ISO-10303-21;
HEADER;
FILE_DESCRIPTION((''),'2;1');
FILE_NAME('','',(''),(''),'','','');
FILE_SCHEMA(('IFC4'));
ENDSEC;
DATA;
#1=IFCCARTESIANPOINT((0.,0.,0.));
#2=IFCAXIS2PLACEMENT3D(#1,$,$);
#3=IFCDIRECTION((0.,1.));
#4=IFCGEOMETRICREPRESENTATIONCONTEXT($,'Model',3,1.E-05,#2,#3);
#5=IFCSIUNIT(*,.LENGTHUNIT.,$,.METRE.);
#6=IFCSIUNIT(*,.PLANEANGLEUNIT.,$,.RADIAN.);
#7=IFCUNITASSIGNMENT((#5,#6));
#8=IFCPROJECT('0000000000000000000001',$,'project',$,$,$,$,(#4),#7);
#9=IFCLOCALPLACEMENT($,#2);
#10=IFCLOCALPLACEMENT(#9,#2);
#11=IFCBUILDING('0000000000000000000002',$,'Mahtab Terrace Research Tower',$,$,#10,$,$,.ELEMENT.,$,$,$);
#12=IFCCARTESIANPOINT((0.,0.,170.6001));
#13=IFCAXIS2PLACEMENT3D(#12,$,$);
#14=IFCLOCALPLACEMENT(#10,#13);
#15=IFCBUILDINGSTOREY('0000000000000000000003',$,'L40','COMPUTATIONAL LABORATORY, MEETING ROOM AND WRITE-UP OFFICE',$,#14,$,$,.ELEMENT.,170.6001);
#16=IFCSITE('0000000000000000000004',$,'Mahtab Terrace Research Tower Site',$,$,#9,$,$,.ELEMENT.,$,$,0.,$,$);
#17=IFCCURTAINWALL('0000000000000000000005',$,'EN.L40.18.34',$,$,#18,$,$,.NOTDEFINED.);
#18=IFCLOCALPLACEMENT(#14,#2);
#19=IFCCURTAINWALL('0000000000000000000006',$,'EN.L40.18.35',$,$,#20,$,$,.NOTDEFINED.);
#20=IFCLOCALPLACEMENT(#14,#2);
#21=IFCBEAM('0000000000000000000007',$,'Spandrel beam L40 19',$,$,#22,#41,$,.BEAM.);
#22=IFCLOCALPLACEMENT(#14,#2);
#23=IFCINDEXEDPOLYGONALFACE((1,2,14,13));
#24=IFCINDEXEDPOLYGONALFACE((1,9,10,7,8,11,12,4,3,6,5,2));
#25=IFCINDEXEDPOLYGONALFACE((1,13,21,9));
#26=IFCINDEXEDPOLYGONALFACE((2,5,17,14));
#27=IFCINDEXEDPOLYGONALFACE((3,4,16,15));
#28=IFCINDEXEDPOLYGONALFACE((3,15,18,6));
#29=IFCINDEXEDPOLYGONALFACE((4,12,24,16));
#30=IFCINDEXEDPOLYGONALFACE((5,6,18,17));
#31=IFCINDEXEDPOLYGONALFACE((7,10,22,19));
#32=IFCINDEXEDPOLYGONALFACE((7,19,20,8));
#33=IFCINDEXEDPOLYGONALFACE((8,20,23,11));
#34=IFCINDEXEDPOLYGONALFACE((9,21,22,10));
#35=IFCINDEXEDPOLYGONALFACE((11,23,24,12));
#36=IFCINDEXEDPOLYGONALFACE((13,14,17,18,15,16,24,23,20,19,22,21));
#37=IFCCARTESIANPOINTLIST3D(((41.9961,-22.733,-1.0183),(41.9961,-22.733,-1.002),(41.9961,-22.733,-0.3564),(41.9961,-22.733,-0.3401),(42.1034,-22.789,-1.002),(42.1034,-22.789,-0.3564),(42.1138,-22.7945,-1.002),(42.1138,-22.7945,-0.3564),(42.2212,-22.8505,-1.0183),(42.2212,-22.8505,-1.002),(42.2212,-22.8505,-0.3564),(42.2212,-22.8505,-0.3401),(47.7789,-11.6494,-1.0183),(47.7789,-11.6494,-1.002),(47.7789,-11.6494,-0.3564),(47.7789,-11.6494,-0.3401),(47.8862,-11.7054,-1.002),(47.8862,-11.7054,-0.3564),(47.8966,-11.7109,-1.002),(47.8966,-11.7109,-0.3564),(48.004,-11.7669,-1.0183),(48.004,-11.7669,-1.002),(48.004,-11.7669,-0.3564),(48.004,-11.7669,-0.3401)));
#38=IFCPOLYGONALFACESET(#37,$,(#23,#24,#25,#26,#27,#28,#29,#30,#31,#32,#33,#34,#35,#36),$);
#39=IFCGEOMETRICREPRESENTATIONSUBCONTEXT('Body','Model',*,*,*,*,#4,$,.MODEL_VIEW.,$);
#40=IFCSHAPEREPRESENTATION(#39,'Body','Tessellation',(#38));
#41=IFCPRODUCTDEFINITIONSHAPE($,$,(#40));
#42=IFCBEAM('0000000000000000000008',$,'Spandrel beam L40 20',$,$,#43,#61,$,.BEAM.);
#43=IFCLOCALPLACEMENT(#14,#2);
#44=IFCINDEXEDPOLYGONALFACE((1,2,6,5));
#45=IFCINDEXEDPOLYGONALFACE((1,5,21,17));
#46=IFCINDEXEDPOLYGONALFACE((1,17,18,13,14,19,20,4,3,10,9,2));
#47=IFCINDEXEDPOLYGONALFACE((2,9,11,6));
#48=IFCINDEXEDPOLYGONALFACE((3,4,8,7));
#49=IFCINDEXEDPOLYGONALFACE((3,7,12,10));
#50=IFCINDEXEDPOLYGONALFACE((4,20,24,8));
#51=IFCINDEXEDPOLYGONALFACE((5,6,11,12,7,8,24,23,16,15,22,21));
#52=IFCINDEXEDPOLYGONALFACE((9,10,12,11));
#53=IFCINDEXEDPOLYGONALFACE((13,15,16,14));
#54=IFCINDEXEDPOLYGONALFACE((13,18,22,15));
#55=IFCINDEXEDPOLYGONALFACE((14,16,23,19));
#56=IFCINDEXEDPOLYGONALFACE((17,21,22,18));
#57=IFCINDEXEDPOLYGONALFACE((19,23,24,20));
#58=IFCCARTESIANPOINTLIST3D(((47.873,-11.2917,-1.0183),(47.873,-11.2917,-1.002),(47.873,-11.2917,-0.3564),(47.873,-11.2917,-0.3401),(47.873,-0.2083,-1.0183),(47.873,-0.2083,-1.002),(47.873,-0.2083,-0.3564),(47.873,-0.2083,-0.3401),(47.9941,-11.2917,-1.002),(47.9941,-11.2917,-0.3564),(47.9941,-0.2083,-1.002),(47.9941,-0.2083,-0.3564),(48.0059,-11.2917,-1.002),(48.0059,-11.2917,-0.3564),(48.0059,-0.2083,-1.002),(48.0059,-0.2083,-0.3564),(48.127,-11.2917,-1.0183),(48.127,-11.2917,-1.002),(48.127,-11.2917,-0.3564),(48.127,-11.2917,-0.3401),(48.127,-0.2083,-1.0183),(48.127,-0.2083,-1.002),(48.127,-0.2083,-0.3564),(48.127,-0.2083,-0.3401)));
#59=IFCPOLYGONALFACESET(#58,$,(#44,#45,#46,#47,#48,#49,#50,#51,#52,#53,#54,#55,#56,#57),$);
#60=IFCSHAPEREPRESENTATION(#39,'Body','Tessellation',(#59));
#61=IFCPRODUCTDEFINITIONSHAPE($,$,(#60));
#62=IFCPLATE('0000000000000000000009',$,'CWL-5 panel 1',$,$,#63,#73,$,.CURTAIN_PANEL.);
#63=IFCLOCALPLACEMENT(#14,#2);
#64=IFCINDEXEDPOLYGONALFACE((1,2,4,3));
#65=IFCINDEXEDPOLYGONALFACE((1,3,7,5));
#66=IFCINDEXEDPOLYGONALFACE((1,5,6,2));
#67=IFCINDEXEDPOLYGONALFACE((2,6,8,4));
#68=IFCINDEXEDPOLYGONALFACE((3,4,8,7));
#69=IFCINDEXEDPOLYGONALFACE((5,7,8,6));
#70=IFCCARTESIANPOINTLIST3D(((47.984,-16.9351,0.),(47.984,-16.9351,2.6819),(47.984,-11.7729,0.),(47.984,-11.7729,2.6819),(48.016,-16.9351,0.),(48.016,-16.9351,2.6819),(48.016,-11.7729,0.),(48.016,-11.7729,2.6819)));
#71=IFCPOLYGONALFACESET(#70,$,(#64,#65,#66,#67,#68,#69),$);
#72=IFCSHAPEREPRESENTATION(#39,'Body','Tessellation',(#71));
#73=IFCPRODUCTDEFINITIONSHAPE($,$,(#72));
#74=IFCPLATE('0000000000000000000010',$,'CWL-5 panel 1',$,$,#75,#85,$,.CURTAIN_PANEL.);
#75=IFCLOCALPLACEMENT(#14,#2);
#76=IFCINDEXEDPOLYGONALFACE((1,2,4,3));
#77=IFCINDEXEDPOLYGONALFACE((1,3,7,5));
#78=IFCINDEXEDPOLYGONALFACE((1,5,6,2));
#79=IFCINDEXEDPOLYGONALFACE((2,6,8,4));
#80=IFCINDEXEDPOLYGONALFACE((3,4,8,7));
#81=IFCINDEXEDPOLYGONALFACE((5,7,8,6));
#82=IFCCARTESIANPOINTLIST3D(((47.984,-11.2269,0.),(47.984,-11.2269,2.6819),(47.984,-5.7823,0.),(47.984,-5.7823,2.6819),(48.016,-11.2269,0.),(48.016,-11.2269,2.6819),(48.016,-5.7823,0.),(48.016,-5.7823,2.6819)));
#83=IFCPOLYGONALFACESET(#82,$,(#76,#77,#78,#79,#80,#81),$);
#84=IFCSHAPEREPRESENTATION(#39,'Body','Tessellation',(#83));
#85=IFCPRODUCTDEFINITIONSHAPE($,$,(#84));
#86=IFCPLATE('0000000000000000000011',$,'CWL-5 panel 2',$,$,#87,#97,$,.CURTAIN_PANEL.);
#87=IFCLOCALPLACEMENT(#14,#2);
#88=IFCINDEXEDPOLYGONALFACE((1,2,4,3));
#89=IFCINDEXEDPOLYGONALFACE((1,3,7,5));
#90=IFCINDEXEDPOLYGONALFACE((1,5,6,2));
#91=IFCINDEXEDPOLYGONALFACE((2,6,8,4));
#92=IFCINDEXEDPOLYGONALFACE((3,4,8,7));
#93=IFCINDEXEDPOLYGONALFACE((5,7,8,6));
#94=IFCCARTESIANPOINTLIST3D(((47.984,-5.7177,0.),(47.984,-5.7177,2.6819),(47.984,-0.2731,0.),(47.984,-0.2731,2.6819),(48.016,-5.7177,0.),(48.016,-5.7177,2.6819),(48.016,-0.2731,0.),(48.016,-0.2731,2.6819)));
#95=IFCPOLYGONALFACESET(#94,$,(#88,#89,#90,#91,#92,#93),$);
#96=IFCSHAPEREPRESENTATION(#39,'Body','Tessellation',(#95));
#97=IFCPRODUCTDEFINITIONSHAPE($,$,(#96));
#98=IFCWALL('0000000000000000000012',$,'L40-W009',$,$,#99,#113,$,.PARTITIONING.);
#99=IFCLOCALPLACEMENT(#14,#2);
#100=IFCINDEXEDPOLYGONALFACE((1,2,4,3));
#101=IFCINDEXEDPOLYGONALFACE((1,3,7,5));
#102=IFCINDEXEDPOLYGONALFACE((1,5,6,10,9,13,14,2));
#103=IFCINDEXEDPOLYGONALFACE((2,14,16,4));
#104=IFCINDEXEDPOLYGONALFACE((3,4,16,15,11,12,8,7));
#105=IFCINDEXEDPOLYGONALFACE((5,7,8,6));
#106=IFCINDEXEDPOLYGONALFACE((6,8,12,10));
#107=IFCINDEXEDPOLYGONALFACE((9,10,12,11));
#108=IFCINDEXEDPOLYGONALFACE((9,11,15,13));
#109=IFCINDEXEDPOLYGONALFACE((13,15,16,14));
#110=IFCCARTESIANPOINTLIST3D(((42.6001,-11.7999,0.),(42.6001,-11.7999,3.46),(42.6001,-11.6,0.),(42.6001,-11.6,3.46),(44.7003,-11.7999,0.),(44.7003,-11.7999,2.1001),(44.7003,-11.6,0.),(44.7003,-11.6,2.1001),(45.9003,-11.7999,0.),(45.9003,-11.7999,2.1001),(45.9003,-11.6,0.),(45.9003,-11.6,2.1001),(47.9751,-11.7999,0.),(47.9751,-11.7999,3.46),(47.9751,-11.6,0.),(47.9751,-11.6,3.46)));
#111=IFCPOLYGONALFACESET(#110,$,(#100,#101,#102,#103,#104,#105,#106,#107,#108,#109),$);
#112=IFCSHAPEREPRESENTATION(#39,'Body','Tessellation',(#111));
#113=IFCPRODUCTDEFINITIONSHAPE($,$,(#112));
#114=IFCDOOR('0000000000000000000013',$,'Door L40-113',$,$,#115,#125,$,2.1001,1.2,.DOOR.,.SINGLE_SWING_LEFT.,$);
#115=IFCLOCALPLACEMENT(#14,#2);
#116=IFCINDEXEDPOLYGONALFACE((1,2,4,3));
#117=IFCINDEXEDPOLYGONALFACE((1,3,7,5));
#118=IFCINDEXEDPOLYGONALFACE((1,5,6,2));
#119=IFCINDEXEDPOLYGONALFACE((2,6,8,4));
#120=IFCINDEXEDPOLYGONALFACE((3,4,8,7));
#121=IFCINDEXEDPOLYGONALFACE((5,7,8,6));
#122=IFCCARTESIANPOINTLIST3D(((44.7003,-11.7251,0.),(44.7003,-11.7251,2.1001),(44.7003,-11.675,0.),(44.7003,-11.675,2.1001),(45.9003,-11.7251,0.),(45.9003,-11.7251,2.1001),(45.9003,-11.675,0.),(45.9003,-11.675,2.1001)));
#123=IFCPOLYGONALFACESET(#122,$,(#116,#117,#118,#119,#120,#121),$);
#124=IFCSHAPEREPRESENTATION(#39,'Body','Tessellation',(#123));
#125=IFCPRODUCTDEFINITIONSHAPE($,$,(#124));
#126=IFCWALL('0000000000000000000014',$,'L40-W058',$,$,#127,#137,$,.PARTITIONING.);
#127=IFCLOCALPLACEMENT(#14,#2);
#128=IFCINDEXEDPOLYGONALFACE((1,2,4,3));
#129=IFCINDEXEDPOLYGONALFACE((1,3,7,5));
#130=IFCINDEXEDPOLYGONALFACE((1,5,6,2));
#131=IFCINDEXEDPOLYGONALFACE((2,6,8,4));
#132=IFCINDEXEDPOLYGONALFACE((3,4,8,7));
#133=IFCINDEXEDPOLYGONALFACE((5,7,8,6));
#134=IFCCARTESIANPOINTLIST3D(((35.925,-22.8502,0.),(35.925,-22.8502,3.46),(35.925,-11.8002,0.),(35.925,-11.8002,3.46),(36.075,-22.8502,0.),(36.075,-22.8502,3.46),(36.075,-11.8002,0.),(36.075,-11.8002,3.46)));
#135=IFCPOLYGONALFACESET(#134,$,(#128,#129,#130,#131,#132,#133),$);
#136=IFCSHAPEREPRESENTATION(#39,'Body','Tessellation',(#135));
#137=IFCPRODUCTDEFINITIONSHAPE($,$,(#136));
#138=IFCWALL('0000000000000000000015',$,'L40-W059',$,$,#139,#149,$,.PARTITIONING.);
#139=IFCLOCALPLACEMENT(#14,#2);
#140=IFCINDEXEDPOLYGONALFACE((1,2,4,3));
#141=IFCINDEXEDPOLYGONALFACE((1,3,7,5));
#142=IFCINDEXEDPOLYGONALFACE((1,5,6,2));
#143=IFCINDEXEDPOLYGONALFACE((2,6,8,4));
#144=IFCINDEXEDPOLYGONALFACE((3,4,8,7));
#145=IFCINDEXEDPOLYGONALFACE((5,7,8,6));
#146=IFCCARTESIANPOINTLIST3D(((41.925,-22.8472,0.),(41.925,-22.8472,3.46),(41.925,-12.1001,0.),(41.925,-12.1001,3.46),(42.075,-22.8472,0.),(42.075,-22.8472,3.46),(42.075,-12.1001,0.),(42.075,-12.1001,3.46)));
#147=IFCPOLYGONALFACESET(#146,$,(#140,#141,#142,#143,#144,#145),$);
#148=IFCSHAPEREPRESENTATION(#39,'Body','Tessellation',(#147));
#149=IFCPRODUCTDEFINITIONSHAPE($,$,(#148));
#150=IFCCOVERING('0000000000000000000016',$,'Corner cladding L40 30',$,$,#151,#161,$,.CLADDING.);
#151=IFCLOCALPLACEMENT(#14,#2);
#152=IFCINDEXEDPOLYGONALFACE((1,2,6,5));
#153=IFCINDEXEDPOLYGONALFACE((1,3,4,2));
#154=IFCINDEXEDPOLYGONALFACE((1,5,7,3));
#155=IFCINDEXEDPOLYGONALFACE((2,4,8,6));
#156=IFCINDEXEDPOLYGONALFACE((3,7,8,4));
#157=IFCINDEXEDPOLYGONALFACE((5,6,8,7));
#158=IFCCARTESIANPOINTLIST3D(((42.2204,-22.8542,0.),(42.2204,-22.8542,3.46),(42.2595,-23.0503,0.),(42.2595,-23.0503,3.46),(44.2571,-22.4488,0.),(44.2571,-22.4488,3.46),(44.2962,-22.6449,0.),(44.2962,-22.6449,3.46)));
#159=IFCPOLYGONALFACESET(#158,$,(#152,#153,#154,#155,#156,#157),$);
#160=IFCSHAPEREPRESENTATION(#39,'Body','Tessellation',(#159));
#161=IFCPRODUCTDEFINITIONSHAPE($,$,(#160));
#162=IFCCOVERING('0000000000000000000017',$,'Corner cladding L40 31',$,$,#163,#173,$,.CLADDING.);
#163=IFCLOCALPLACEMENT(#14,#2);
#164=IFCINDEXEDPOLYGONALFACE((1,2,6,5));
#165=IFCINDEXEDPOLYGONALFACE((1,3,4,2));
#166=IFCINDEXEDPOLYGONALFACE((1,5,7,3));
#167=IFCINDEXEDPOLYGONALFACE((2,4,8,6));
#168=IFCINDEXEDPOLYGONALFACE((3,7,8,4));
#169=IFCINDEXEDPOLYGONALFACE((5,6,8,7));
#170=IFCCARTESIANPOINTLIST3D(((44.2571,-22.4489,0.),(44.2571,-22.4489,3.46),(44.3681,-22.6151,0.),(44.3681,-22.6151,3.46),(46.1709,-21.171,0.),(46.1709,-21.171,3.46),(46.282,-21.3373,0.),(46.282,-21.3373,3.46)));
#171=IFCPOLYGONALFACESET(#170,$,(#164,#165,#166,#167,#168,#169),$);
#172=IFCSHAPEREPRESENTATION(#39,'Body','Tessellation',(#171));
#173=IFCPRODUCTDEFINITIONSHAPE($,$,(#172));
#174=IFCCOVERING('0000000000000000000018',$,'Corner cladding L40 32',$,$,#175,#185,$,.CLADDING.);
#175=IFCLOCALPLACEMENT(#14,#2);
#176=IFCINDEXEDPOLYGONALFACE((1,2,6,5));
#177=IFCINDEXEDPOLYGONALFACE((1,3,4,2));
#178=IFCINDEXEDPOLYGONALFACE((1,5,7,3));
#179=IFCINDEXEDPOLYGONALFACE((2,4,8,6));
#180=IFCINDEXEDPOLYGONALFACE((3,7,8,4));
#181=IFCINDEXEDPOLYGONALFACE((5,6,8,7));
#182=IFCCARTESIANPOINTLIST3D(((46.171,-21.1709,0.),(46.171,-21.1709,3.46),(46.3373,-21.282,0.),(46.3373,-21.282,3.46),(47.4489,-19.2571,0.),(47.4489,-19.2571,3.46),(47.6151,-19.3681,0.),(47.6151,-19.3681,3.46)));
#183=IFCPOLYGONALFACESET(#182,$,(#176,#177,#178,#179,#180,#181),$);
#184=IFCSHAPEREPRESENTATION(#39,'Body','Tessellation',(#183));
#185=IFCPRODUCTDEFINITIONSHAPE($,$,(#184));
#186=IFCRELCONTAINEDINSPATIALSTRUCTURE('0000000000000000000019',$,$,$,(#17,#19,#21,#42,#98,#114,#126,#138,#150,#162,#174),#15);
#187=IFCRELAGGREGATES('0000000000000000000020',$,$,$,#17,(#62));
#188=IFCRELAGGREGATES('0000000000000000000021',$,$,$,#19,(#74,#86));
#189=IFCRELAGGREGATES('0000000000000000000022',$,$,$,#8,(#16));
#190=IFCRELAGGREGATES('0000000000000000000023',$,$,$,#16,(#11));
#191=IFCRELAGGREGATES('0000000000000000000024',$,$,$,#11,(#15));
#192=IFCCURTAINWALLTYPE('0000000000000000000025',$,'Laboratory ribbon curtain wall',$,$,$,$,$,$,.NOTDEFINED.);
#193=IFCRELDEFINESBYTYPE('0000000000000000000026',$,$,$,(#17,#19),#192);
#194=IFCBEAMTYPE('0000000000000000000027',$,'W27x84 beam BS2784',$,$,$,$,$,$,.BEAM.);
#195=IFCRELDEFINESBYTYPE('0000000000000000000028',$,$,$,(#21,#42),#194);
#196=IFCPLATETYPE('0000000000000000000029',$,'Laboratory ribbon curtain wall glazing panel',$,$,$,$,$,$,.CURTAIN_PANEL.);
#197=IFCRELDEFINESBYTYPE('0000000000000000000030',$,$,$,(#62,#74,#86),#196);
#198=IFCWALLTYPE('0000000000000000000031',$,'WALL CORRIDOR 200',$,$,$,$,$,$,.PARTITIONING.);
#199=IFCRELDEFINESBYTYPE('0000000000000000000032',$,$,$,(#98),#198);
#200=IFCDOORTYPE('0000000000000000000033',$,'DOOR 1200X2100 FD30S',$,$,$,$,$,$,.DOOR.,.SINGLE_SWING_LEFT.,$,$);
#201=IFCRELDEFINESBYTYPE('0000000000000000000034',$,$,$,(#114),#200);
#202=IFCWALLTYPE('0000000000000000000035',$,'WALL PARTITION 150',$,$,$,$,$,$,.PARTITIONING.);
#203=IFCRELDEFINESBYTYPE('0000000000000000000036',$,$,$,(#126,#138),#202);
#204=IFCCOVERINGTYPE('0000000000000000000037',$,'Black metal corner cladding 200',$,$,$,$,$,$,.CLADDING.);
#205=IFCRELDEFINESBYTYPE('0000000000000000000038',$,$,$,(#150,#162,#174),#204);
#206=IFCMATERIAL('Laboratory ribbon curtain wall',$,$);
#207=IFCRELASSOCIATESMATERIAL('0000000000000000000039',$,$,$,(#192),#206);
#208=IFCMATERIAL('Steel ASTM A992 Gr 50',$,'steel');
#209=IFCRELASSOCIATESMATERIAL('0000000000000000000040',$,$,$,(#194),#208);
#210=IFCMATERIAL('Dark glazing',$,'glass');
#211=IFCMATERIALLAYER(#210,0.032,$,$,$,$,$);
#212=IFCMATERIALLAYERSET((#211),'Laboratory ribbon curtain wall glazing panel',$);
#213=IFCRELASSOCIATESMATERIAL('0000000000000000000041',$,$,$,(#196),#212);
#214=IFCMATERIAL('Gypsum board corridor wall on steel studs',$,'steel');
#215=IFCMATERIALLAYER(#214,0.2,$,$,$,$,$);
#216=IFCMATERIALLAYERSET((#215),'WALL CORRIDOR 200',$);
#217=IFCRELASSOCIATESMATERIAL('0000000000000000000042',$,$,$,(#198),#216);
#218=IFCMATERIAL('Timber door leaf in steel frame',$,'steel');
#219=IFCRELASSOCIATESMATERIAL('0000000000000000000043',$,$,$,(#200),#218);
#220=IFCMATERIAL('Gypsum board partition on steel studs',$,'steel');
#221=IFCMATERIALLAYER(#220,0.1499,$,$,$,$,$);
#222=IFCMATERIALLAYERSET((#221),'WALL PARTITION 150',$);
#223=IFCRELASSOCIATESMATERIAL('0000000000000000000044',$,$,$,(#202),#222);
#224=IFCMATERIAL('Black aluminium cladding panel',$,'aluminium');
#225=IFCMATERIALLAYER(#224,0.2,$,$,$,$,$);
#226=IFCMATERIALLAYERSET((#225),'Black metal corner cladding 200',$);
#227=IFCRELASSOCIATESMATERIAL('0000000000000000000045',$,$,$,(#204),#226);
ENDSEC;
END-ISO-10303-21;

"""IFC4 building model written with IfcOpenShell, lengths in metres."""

from ifc_helpers import new_model, si_unit, direction, frame, frame_2d, origin, origin_2d, place, context, subcontext, project, spatial, rectangle, i_section, extrude, material, layer, layer_set, material_profile, profile_set, type_object, element, fill, aggregate, save


model = new_model("IFC4")

# Units and contexts
model_context = context("Model", 3, precision=1e-05, world=origin(), true_north=direction((0.0, 1.0)))
body_context = subcontext(model_context, "Body", "Model", "MODEL_VIEW")
ifc_project = project(units=[si_unit("LENGTHUNIT", "METRE"), si_unit("PLANEANGLEUNIT", "RADIAN")], contexts=[model_context])

# Site, building, storey
site_placement = place(None, origin())
site = spatial("IfcSite", under=ifc_project, at=site_placement, Name="Mahtab Terrace Research Tower Site", CompositionType="ELEMENT", RefElevation=0.0)
building_placement = place(site_placement, origin())
building = spatial("IfcBuilding", under=site, at=building_placement, Name="Mahtab Terrace Research Tower", CompositionType="ELEMENT")
storey_placement = place(building_placement, frame((0.0, 0.0, 170.6001)))
storey = spatial("IfcBuildingStorey", under=building, at=storey_placement, Name="L40", Description="COMPUTATIONAL LABORATORY, MEETING ROOM AND WRITE-UP OFFICE", CompositionType="ELEMENT", Elevation=170.6001)

# Shared definitions
ifc_material_1 = material(Name="Steel ASTM A992 Gr 50", Category="steel")

# Curtain walls
ifc_material_2 = material(Name="Laboratory ribbon curtain wall")
curtain_wall_type = type_object("IfcCurtainWallType", Name="Laboratory ribbon curtain wall", PredefinedType="NOTDEFINED", material=ifc_material_2)
curtain_wall_1_placement = place(storey_placement, origin())
curtain_wall_1 = element("IfcCurtainWall", 1, at=curtain_wall_1_placement, inside=storey, type_object=curtain_wall_type, Name="EN.L40.18.34", PredefinedType="NOTDEFINED")
curtain_wall_2_placement = place(storey_placement, origin())
curtain_wall_2 = element("IfcCurtainWall", 2, at=curtain_wall_2_placement, inside=storey, type_object=curtain_wall_type, Name="EN.L40.18.35", PredefinedType="NOTDEFINED")

# Beams
ifc_material_profile_1 = material_profile(ifc_material_1, i_section(OverallWidth=0.2539, OverallDepth=0.6782, WebThickness=0.0117, FlangeThickness=0.0164, at=origin_2d()), Name="W27X84")
ifc_profile_set_1 = profile_set([ifc_material_profile_1], Name="Steel ASTM A992 Gr 50")
beam_type = type_object("IfcBeamType", Name="W27x84 beam BS2784", PredefinedType="BEAM", material=ifc_profile_set_1)
beam_1_placement = place(storey_placement, frame((42.1086, -22.7917, -0.6792), z_axis=(0.462567, 0.886584, 0.0), x_axis=(-0.886584, 0.462567, 0.0)))
element("IfcBeam", 3, at=beam_1_placement, inside=storey, type_object=beam_type, Name="Spandrel beam L40 19", PredefinedType="BEAM", context=body_context, shape_type="SweptSolid", body=[
    extrude(i_section(OverallWidth=0.2539, OverallDepth=0.6782, WebThickness=0.0117, FlangeThickness=0.0164, at=origin_2d()), origin(), (0.0, 0.0, 1.0), 12.5015),
])
beam_2_placement = place(storey_placement, frame((48.0, -11.2917, -0.6792), z_axis=(0.0, 1.0, 0.0), x_axis=(-1.0, 0.0, 0.0)))
element("IfcBeam", 4, at=beam_2_placement, inside=storey, type_object=beam_type, Name="Spandrel beam L40 20", PredefinedType="BEAM", context=body_context, shape_type="SweptSolid", body=[
    extrude(i_section(OverallWidth=0.2539, OverallDepth=0.6782, WebThickness=0.0117, FlangeThickness=0.0164, at=origin_2d()), origin(), (0.0, 0.0, 1.0), 11.0835),
])

# Plates
ifc_material_3 = material(Name="Dark glazing", Category="glass")
ifc_layer_1 = layer(ifc_material_3, 0.032)
ifc_layer_set_1 = layer_set([ifc_layer_1], Name="Laboratory ribbon curtain wall glazing panel")
plate_type = type_object("IfcPlateType", Name="Laboratory ribbon curtain wall glazing panel", PredefinedType="CURTAIN_PANEL", material=ifc_layer_set_1)
plate_1_placement = place(storey_placement, frame((48.0, -14.354, 0.0), z_axis=(0.0, 0.0, 1.0), x_axis=(0.0, 1.0, 0.0)))
plate_1 = element("IfcPlate", 5, at=plate_1_placement, type_object=plate_type, Name="CWL-5 panel 1", PredefinedType="CURTAIN_PANEL", context=body_context, shape_type="SweptSolid", body=[
    extrude(rectangle(XDim=5.1621, YDim=0.032, at=origin_2d()), origin(), (0.0, 0.0, 1.0), 2.6819),
])
aggregate(curtain_wall_1, [plate_1])
plate_2_placement = place(storey_placement, frame((48.0, -8.5046, 0.0), z_axis=(0.0, 0.0, 1.0), x_axis=(0.0, 1.0, 0.0)))
plate_2 = element("IfcPlate", 6, at=plate_2_placement, type_object=plate_type, Name="CWL-5 panel 1", PredefinedType="CURTAIN_PANEL", context=body_context, shape_type="SweptSolid", body=[
    extrude(rectangle(XDim=5.4446, YDim=0.032, at=origin_2d()), origin(), (0.0, 0.0, 1.0), 2.6819),
])
plate_3_placement = place(storey_placement, frame((48.0, -2.9954, 0.0), z_axis=(0.0, 0.0, 1.0), x_axis=(0.0, 1.0, 0.0)))
plate_3 = element("IfcPlate", 7, at=plate_3_placement, type_object=plate_type, Name="CWL-5 panel 2", PredefinedType="CURTAIN_PANEL", context=body_context, shape_type="SweptSolid", body=[
    extrude(rectangle(XDim=5.4446, YDim=0.032, at=origin_2d()), origin(), (0.0, 0.0, 1.0), 2.6819),
])
aggregate(curtain_wall_2, [plate_2, plate_3])

# Wall, opening, door
ifc_material_4 = material(Name="Gypsum board corridor wall on steel studs", Category="steel")
ifc_layer_2 = layer(ifc_material_4, 0.2)
ifc_layer_set_2 = layer_set([ifc_layer_2], Name="WALL CORRIDOR 200")
wall_type_1 = type_object("IfcWallType", Name="WALL CORRIDOR 200", PredefinedType="PARTITIONING", material=ifc_layer_set_2)
wall_1_placement = place(storey_placement, frame((42.6001, -11.7, 0.0), z_axis=(0.0, 0.0, 1.0), x_axis=(1.0, 0.0, 0.0)))
wall_1 = element("IfcWall", 8, at=wall_1_placement, inside=storey, type_object=wall_type_1, Name="L40-W009", PredefinedType="PARTITIONING", context=body_context, shape_type="SweptSolid", body=[
    extrude(rectangle(XDim=5.375, YDim=0.2, at=frame_2d((2.6875, 0.0))), origin(), (0.0, 0.0, 1.0), 3.46),
])
opening_placement = place(wall_1_placement, frame((2.1001, 0.0, 0.0)))
opening = element("IfcOpeningElement", 9, at=opening_placement, cuts=wall_1, PredefinedType="OPENING", context=body_context, shape_type="SweptSolid", body=[
    extrude(rectangle(XDim=1.2, YDim=2.1001, at=frame_2d((0.6001, 1.05))), frame((0.0, 0.1099, 0.0), z_axis=(0.0, -1.0, 0.0), x_axis=(1.0, 0.0, 0.0)), (0.0, 0.0, 1.0), 0.22),
])
ifc_material_5 = material(Name="Timber door leaf in steel frame", Category="steel")
door_type = type_object("IfcDoorType", Name="DOOR 1200X2100 FD30S", OperationType="SINGLE_SWING_LEFT", PredefinedType="DOOR", material=ifc_material_5)
door_placement = place(opening_placement, origin())
door = element("IfcDoor", 10, at=door_placement, inside=storey, type_object=door_type, Name="Door L40-113", OperationType="SINGLE_SWING_LEFT", OverallHeight=2.1001, OverallWidth=1.2, PredefinedType="DOOR", context=body_context, shape_type="SweptSolid", body=[
    extrude(rectangle(XDim=1.2, YDim=2.1001, at=frame_2d((0.6001, 1.05))), frame((0.0, 0.0249, 0.0), z_axis=(0.0, -1.0, 0.0), x_axis=(1.0, 0.0, 0.0)), (0.0, 0.0, 1.0), 0.05),
])
fill(opening, door)

# Walls
ifc_material_6 = material(Name="Gypsum board partition on steel studs", Category="steel")
ifc_layer_3 = layer(ifc_material_6, 0.1499)
ifc_layer_set_3 = layer_set([ifc_layer_3], Name="WALL PARTITION 150")
wall_type_2 = type_object("IfcWallType", Name="WALL PARTITION 150", PredefinedType="PARTITIONING", material=ifc_layer_set_3)
wall_2_placement = place(storey_placement, frame((36.0, -22.8501, 0.0), z_axis=(0.0, 0.0, 1.0), x_axis=(0.0, 1.0, 0.0)))
element("IfcWall", 11, at=wall_2_placement, inside=storey, type_object=wall_type_2, Name="L40-W058", PredefinedType="PARTITIONING", context=body_context, shape_type="SweptSolid", body=[
    extrude(rectangle(XDim=11.05, YDim=0.1499, at=frame_2d((5.5249, 0.0))), origin(), (0.0, 0.0, 1.0), 3.46),
])
wall_3_placement = place(storey_placement, frame((42.0, -22.8472, 0.0), z_axis=(0.0, 0.0, 1.0), x_axis=(0.0, 1.0, 0.0)))
element("IfcWall", 12, at=wall_3_placement, inside=storey, type_object=wall_type_2, Name="L40-W059", PredefinedType="PARTITIONING", context=body_context, shape_type="SweptSolid", body=[
    extrude(rectangle(XDim=10.7471, YDim=0.1499, at=frame_2d((5.3735, 0.0))), origin(), (0.0, 0.0, 1.0), 3.46),
])

# Coverings
ifc_material_7 = material(Name="Black aluminium cladding panel", Category="aluminium")
ifc_layer_4 = layer(ifc_material_7, 0.2)
ifc_layer_set_4 = layer_set([ifc_layer_4], Name="Black metal corner cladding 200")
covering_type = type_object("IfcCoveringType", Name="Black metal corner cladding 200", PredefinedType="CLADDING", material=ifc_layer_set_4)
covering_placement = place(storey_placement, frame((43.2583, -22.7495, 0.0), z_axis=(0.0, 0.0, 1.0), x_axis=(0.980761, 0.195212, 0.0)))
element("IfcCovering", 13, at=covering_placement, inside=storey, type_object=covering_type, Name="Corner cladding L40 30", PredefinedType="CLADDING", context=body_context, shape_type="SweptSolid", body=[
    extrude(rectangle(XDim=2.0767, YDim=0.2, at=origin_2d()), origin(), (0.0, 0.0, 1.0), 3.46),
])
for number, where, z_axis, x_axis, name in (
    (14, (45.2695, -21.8931, 0.0), (0.0, 0.0, 1.0), (0.831656, 0.555291, 0.0), "Corner cladding L40 31"),
    (15, (46.8931, -20.2695, 0.0), (0.0, 0.0, 1.0), (0.555291, 0.831656, 0.0), "Corner cladding L40 32"),
):
    element("IfcCovering", number, at=place(storey_placement, frame(where, z_axis=z_axis, x_axis=x_axis)), inside=storey, type_object=covering_type, Name=name, PredefinedType="CLADDING", context=body_context, shape_type="SweptSolid", body=[
        extrude(rectangle(XDim=2.3013, YDim=0.2, at=origin_2d()), origin(), (0.0, 0.0, 1.0), 3.46),
    ])

save(model, "model.ifc")
